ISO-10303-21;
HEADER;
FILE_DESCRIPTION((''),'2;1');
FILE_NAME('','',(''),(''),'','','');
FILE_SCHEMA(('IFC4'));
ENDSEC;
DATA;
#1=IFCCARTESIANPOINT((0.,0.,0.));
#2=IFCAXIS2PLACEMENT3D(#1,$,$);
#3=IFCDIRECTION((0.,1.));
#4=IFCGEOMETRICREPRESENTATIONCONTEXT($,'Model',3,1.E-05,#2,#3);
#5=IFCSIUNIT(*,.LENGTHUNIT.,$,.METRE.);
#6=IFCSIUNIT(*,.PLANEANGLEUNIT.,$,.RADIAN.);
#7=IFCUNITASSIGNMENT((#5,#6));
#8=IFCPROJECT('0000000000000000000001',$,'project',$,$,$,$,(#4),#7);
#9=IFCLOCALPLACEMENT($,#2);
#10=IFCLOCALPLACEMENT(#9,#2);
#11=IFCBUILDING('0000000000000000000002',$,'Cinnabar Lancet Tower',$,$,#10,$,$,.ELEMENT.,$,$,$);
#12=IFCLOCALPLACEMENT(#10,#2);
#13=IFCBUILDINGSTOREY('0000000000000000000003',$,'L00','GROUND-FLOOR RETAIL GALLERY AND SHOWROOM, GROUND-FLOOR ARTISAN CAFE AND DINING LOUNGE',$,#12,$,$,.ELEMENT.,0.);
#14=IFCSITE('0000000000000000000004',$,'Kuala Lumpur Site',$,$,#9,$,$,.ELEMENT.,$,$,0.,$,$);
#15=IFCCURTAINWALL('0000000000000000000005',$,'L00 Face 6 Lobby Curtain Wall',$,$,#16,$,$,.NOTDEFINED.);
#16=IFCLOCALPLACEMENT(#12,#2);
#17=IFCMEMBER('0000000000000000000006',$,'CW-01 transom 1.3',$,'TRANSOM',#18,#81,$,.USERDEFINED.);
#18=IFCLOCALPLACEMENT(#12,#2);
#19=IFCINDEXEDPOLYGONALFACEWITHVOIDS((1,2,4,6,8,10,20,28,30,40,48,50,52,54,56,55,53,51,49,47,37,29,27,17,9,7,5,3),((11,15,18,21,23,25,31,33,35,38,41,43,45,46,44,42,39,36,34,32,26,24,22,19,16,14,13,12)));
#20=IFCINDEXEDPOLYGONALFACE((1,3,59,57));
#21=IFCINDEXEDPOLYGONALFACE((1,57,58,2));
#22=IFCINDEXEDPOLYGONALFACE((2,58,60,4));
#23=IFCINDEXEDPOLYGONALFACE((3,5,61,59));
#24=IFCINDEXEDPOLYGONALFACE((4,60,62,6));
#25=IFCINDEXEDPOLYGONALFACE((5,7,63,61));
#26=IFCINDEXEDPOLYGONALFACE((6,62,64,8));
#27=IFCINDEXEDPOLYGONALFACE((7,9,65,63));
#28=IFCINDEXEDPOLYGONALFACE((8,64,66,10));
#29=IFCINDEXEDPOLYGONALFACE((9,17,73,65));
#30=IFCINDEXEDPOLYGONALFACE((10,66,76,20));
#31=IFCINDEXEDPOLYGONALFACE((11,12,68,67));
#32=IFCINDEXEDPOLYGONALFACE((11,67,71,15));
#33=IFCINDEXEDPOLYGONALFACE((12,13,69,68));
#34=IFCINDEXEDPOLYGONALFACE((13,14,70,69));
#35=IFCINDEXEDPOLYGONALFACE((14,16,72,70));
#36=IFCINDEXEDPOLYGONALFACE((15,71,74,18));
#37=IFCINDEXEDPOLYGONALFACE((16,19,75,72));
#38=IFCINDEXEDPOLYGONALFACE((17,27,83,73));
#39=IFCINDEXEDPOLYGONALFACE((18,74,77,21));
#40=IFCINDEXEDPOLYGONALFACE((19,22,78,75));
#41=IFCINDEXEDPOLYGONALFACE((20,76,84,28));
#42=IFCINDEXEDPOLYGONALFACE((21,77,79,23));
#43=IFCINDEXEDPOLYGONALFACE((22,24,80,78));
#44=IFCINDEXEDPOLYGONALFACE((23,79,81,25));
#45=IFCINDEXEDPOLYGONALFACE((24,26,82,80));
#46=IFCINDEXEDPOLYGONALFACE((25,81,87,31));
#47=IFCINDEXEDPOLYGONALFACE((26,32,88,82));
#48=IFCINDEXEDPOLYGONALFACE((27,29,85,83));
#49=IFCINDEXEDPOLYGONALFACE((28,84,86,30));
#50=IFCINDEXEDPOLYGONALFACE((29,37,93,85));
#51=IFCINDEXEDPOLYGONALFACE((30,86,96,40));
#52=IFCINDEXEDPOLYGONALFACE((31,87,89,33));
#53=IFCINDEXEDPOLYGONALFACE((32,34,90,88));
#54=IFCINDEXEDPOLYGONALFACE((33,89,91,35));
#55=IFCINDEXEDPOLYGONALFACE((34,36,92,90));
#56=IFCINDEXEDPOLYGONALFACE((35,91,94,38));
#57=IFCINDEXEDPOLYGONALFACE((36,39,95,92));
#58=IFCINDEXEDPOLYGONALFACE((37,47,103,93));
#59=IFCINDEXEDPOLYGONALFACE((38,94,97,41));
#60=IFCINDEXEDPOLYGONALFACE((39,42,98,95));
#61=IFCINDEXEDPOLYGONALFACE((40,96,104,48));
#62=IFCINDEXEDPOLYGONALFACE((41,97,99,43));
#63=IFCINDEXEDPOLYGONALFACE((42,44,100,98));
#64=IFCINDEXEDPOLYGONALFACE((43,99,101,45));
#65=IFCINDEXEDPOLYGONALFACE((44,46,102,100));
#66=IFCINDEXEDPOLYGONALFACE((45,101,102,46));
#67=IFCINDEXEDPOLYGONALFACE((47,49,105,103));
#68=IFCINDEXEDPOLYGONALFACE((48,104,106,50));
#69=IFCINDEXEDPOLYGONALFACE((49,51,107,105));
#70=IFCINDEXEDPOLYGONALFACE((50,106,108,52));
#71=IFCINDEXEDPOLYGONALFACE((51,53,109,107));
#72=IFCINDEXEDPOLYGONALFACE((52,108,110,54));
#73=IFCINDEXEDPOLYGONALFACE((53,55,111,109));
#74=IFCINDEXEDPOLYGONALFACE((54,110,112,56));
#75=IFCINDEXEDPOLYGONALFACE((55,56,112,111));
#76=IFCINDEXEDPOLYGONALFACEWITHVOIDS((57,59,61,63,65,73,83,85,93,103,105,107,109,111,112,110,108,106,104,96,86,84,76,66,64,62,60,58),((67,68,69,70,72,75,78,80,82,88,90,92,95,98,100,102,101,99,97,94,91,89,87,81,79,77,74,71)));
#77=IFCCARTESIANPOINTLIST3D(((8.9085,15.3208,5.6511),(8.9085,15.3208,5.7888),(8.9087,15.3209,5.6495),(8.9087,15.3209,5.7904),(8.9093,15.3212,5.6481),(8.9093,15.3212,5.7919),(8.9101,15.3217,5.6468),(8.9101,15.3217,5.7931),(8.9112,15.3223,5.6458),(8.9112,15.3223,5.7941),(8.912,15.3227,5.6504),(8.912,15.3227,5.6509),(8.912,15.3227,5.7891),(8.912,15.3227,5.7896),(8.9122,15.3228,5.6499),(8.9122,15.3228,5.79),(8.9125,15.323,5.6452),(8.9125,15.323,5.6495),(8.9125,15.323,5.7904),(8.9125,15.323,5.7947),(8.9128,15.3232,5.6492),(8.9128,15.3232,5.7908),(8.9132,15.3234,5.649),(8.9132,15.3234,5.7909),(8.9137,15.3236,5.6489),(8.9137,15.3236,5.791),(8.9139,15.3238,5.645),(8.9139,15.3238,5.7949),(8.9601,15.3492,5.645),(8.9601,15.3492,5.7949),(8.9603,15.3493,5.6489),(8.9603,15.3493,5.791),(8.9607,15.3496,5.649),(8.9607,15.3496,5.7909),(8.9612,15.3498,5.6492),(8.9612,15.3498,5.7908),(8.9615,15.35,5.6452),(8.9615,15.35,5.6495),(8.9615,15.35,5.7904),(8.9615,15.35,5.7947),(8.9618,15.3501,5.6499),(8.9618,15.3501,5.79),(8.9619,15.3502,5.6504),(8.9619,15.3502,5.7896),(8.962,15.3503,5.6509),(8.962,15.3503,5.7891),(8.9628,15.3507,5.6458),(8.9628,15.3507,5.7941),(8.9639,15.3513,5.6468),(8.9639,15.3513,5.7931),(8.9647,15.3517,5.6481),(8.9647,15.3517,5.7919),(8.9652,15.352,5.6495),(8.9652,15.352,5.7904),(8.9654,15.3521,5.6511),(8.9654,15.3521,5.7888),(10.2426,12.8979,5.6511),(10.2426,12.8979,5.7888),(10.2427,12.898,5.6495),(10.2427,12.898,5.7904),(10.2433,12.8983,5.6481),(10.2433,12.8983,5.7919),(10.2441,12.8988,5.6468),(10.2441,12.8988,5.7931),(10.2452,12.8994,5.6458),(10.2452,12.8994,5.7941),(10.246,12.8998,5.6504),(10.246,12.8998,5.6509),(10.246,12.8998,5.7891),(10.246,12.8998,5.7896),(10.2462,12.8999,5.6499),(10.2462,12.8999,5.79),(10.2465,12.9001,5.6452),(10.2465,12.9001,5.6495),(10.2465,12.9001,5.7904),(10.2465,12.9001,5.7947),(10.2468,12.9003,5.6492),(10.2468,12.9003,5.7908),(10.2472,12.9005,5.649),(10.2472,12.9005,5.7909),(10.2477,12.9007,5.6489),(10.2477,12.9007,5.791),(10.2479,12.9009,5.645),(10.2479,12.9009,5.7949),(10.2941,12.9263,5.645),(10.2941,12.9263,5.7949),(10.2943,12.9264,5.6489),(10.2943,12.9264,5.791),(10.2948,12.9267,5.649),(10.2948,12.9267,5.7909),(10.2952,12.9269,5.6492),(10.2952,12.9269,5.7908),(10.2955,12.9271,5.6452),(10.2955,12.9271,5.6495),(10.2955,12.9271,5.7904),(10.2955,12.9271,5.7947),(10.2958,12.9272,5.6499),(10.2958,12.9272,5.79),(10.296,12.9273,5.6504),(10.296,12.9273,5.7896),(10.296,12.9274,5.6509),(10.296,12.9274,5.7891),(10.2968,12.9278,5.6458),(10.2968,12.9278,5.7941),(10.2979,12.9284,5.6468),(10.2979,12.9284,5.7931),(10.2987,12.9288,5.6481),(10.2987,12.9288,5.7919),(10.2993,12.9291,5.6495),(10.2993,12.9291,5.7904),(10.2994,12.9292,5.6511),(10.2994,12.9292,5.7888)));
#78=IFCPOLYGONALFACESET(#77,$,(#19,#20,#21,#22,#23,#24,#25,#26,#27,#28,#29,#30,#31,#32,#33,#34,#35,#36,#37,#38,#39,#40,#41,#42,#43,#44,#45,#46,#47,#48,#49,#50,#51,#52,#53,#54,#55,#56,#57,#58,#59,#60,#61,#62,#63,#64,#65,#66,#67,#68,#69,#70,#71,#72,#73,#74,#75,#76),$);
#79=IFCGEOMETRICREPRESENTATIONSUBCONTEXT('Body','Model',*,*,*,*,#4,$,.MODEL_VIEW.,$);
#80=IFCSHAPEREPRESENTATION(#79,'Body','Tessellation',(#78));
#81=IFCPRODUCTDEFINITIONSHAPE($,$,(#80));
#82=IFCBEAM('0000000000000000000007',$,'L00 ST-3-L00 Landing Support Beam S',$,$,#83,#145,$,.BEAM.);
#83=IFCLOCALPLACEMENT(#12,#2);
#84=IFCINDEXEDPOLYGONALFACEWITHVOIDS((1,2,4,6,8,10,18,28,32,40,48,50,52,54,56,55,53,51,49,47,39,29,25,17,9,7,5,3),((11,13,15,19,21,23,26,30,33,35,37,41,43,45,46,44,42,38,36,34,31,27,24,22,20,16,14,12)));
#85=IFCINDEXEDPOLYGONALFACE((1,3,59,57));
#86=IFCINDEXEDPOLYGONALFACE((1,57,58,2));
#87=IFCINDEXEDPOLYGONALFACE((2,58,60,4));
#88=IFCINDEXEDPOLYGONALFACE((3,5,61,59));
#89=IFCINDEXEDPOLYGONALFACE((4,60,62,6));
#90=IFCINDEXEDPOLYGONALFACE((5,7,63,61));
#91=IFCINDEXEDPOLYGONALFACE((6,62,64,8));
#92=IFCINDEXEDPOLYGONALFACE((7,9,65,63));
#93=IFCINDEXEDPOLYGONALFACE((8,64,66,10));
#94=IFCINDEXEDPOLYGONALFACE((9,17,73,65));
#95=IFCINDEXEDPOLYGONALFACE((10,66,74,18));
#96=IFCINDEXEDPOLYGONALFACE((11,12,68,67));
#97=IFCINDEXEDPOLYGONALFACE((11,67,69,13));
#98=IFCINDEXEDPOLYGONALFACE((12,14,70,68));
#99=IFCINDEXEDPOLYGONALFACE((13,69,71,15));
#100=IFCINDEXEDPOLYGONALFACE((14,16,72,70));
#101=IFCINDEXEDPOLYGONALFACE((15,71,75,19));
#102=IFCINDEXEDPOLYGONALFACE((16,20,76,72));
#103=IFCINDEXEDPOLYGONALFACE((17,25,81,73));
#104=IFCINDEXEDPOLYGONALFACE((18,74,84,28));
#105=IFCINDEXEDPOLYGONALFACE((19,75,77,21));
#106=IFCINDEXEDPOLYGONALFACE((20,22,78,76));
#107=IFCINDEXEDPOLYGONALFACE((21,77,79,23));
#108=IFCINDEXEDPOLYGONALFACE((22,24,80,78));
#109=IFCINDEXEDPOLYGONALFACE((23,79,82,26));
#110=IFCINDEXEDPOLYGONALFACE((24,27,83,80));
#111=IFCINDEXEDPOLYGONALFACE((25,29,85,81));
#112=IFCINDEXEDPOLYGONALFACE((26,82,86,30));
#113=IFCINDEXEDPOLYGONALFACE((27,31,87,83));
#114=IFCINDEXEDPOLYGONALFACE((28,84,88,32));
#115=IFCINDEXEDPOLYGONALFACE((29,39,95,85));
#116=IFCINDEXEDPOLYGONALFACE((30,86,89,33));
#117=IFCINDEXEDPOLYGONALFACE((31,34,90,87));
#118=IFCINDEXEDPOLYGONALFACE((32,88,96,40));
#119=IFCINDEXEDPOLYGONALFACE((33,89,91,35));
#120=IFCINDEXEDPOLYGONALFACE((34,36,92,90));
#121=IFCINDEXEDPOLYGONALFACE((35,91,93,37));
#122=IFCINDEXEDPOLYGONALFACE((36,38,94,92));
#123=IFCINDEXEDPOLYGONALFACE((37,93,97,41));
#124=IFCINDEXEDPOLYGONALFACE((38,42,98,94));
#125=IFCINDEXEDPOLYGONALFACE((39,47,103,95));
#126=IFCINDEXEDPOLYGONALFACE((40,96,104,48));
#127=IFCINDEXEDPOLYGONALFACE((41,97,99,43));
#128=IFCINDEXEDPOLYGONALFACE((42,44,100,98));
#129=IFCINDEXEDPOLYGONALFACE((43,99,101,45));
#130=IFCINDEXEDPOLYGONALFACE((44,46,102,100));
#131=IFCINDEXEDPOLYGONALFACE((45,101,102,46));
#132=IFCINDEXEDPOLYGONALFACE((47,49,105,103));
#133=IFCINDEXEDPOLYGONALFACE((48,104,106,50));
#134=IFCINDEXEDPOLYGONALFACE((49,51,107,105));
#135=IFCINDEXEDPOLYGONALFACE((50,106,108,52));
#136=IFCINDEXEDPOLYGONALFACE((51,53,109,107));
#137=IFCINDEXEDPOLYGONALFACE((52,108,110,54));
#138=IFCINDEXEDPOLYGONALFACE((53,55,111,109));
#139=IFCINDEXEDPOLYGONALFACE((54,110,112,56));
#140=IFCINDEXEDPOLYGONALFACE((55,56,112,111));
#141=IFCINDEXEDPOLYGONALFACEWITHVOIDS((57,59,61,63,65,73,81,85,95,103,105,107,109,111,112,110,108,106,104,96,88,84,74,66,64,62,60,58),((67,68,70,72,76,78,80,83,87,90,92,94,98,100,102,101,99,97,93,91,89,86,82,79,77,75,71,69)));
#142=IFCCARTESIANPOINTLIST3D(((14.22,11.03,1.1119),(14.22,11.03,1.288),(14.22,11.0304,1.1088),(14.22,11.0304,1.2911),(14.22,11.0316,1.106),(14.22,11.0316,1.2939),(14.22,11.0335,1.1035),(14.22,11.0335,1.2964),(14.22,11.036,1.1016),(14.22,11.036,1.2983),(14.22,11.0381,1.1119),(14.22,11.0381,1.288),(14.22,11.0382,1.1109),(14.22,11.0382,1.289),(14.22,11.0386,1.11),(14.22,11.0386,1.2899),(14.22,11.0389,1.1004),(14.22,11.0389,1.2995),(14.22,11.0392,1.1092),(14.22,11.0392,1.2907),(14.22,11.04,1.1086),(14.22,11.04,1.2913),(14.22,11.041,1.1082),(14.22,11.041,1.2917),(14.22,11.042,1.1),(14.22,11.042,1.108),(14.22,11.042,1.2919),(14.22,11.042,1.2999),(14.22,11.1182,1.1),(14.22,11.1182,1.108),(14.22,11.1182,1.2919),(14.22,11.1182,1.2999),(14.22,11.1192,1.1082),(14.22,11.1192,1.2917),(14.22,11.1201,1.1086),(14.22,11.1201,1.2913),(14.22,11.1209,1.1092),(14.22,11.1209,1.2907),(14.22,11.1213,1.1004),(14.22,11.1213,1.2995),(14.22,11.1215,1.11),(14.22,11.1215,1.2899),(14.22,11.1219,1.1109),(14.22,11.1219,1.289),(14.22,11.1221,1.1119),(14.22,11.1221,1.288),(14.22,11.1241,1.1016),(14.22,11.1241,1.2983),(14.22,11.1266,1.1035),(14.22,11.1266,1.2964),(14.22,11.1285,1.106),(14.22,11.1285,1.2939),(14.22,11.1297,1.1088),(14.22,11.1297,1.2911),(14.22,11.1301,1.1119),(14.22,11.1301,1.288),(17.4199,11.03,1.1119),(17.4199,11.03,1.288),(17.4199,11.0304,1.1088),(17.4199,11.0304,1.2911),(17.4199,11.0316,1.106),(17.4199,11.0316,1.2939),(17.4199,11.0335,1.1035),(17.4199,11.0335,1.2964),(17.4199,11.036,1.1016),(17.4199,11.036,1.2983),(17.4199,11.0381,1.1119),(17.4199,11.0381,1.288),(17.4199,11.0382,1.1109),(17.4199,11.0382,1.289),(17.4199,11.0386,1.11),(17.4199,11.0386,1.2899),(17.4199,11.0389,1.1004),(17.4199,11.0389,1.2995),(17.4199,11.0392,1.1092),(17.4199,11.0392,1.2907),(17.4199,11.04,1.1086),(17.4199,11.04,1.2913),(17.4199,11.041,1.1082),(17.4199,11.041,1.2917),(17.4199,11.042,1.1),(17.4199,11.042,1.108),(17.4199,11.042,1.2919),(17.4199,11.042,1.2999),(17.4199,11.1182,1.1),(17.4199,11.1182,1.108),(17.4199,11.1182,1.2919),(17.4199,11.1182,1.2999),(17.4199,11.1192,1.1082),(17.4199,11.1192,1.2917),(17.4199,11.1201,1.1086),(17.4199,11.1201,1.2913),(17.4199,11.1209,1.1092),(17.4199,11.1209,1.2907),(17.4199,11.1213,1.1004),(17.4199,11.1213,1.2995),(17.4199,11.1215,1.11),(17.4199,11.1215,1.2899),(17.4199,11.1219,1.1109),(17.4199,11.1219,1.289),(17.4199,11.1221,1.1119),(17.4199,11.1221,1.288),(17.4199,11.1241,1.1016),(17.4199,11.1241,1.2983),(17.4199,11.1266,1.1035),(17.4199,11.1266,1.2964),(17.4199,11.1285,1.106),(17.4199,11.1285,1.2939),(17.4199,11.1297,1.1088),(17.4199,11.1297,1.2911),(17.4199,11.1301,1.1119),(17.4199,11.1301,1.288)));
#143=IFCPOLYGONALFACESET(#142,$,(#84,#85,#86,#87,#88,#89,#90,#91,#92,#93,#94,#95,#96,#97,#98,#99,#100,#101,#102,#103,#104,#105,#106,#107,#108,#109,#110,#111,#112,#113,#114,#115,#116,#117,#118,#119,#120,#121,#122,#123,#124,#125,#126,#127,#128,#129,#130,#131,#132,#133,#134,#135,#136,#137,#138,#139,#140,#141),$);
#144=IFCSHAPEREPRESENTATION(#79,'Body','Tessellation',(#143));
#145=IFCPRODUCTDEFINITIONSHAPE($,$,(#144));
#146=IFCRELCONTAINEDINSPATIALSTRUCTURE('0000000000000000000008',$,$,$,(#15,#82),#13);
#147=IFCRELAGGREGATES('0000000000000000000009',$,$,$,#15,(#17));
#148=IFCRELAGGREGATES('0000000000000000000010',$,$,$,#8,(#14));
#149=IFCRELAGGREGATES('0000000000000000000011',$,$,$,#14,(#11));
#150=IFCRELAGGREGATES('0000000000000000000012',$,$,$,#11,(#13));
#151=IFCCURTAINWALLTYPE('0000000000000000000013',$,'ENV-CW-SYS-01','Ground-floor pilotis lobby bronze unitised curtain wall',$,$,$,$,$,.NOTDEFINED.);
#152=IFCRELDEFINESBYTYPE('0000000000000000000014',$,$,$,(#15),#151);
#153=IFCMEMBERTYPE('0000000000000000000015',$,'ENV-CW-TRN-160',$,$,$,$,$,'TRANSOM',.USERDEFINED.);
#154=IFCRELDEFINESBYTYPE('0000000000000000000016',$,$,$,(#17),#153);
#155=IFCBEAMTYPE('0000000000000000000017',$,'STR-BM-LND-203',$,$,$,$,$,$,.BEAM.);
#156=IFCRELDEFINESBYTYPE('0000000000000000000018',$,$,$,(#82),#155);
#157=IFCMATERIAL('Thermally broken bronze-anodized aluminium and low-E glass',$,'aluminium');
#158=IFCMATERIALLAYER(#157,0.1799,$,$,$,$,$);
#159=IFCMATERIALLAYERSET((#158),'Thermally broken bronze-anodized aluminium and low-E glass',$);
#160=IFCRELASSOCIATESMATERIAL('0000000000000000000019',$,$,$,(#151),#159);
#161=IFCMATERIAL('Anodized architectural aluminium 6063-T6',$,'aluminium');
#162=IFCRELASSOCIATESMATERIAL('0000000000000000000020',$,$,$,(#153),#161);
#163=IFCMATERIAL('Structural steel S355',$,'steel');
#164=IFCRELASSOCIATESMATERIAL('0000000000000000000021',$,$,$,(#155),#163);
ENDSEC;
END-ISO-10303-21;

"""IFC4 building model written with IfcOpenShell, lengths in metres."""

from ifc_helpers import new_model, si_unit, direction, frame, origin, origin_2d, place, context, subcontext, project, spatial, hollow_rectangle, extrude, material, layer, layer_set, material_profile, profile_set, type_object, element, aggregate, save


model = new_model("IFC4")

# Units and contexts
model_context = context("Model", 3, precision=1e-05, world=origin(), true_north=direction((0.0, 1.0)))
body_context = subcontext(model_context, "Body", "Model", "MODEL_VIEW")
ifc_project = project(units=[si_unit("LENGTHUNIT", "METRE"), si_unit("PLANEANGLEUNIT", "RADIAN")], contexts=[model_context])

# Site, building, storey
site_placement = place(None, origin())
site = spatial("IfcSite", under=ifc_project, at=site_placement, Name="Kuala Lumpur Site", CompositionType="ELEMENT", RefElevation=0.0)
building_placement = place(site_placement, origin())
building = spatial("IfcBuilding", under=site, at=building_placement, Name="Cinnabar Lancet Tower", CompositionType="ELEMENT")
storey_placement = place(building_placement, origin())
storey = spatial("IfcBuildingStorey", under=building, at=storey_placement, Name="L00", Description="GROUND-FLOOR RETAIL GALLERY AND SHOWROOM, GROUND-FLOOR ARTISAN CAFE AND DINING LOUNGE", CompositionType="ELEMENT", Elevation=0.0)

# Curtain wall, member
ifc_material_1 = material(Name="Thermally broken bronze-anodized aluminium and low-E glass", Category="aluminium")
ifc_layer_1 = layer(ifc_material_1, 0.1799)
ifc_layer_set_1 = layer_set([ifc_layer_1], Name="Thermally broken bronze-anodized aluminium and low-E glass")
curtain_wall_type = type_object("IfcCurtainWallType", Name="ENV-CW-SYS-01", Description="Ground-floor pilotis lobby bronze unitised curtain wall", PredefinedType="NOTDEFINED", material=ifc_layer_set_1)
curtain_wall_placement = place(storey_placement, origin())
curtain_wall = element("IfcCurtainWall", 1, at=curtain_wall_placement, inside=storey, type_object=curtain_wall_type, Name="L00 Face 6 Lobby Curtain Wall", PredefinedType="NOTDEFINED")
ifc_material_2 = material(Name="Anodized architectural aluminium 6063-T6", Category="aluminium")
ifc_material_profile_1 = material_profile(ifc_material_2, hollow_rectangle(XDim=0.0649, YDim=0.1499, WallThickness=0.0039, InnerFilletRadius=0.002, OuterFilletRadius=0.0061, at=origin_2d()), Name="CW-TRN 150x65x4")
ifc_profile_set_1 = profile_set([ifc_material_profile_1], Name="Anodized architectural aluminium 6063-T6")
member_type_1 = type_object("IfcMemberType", Name="ENV-CW-TRN-160", ElementType="TRANSOM", PredefinedType="USERDEFINED", material=ifc_profile_set_1)
member_1_placement = place(storey_placement, frame((10.271, 12.9136, 5.72), z_axis=(-0.482312, 0.876, 0.0), x_axis=(-0.876, -0.482312, 0.0)))
member_1 = element("IfcMember", 2, at=member_1_placement, type_object=member_type_1, Name="CW-01 transom 1.3", ObjectType="TRANSOM", PredefinedType="USERDEFINED", context=body_context, shape_type="SweptSolid", body=[
    extrude(hollow_rectangle(XDim=0.0649, YDim=0.1499, WallThickness=0.0039, InnerFilletRadius=0.002, OuterFilletRadius=0.0061, at=origin_2d()), origin(), (0.0, 0.0, 1.0), 2.7659),
])

# Beam
ifc_material_3 = material(Name="Structural steel S355", Category="steel")
ifc_material_profile_2 = material_profile(ifc_material_3, hollow_rectangle(XDim=0.1001, YDim=0.2, WallThickness=0.0081, InnerFilletRadius=0.0039, OuterFilletRadius=0.012, at=origin_2d()), Name="RHS 200x100x8")
ifc_profile_set_2 = profile_set([ifc_material_profile_2], Name="Structural steel S355")
beam_type_1 = type_object("IfcBeamType", Name="STR-BM-LND-203", PredefinedType="BEAM", material=ifc_profile_set_2)
for number, where, z_axis, x_axis, name in (
    (3, (14.22, 11.0801, 1.2), (1.0, 0.0, 0.0), (0.0, 1.0, 0.0), "L00 ST-3-L00 Landing Support Beam S"),
):
    element("IfcBeam", number, at=place(storey_placement, frame(where, z_axis=z_axis, x_axis=x_axis)), inside=storey, type_object=beam_type_1, Name=name, PredefinedType="BEAM", context=body_context, shape_type="SweptSolid", body=[
        extrude(hollow_rectangle(XDim=0.1001, YDim=0.2, WallThickness=0.0081, InnerFilletRadius=0.0039, OuterFilletRadius=0.012, at=origin_2d()), origin(), (0.0, 0.0, 1.0), 3.2),
    ])

aggregate(curtain_wall, [member_1])

save(model, "model.ifc")
